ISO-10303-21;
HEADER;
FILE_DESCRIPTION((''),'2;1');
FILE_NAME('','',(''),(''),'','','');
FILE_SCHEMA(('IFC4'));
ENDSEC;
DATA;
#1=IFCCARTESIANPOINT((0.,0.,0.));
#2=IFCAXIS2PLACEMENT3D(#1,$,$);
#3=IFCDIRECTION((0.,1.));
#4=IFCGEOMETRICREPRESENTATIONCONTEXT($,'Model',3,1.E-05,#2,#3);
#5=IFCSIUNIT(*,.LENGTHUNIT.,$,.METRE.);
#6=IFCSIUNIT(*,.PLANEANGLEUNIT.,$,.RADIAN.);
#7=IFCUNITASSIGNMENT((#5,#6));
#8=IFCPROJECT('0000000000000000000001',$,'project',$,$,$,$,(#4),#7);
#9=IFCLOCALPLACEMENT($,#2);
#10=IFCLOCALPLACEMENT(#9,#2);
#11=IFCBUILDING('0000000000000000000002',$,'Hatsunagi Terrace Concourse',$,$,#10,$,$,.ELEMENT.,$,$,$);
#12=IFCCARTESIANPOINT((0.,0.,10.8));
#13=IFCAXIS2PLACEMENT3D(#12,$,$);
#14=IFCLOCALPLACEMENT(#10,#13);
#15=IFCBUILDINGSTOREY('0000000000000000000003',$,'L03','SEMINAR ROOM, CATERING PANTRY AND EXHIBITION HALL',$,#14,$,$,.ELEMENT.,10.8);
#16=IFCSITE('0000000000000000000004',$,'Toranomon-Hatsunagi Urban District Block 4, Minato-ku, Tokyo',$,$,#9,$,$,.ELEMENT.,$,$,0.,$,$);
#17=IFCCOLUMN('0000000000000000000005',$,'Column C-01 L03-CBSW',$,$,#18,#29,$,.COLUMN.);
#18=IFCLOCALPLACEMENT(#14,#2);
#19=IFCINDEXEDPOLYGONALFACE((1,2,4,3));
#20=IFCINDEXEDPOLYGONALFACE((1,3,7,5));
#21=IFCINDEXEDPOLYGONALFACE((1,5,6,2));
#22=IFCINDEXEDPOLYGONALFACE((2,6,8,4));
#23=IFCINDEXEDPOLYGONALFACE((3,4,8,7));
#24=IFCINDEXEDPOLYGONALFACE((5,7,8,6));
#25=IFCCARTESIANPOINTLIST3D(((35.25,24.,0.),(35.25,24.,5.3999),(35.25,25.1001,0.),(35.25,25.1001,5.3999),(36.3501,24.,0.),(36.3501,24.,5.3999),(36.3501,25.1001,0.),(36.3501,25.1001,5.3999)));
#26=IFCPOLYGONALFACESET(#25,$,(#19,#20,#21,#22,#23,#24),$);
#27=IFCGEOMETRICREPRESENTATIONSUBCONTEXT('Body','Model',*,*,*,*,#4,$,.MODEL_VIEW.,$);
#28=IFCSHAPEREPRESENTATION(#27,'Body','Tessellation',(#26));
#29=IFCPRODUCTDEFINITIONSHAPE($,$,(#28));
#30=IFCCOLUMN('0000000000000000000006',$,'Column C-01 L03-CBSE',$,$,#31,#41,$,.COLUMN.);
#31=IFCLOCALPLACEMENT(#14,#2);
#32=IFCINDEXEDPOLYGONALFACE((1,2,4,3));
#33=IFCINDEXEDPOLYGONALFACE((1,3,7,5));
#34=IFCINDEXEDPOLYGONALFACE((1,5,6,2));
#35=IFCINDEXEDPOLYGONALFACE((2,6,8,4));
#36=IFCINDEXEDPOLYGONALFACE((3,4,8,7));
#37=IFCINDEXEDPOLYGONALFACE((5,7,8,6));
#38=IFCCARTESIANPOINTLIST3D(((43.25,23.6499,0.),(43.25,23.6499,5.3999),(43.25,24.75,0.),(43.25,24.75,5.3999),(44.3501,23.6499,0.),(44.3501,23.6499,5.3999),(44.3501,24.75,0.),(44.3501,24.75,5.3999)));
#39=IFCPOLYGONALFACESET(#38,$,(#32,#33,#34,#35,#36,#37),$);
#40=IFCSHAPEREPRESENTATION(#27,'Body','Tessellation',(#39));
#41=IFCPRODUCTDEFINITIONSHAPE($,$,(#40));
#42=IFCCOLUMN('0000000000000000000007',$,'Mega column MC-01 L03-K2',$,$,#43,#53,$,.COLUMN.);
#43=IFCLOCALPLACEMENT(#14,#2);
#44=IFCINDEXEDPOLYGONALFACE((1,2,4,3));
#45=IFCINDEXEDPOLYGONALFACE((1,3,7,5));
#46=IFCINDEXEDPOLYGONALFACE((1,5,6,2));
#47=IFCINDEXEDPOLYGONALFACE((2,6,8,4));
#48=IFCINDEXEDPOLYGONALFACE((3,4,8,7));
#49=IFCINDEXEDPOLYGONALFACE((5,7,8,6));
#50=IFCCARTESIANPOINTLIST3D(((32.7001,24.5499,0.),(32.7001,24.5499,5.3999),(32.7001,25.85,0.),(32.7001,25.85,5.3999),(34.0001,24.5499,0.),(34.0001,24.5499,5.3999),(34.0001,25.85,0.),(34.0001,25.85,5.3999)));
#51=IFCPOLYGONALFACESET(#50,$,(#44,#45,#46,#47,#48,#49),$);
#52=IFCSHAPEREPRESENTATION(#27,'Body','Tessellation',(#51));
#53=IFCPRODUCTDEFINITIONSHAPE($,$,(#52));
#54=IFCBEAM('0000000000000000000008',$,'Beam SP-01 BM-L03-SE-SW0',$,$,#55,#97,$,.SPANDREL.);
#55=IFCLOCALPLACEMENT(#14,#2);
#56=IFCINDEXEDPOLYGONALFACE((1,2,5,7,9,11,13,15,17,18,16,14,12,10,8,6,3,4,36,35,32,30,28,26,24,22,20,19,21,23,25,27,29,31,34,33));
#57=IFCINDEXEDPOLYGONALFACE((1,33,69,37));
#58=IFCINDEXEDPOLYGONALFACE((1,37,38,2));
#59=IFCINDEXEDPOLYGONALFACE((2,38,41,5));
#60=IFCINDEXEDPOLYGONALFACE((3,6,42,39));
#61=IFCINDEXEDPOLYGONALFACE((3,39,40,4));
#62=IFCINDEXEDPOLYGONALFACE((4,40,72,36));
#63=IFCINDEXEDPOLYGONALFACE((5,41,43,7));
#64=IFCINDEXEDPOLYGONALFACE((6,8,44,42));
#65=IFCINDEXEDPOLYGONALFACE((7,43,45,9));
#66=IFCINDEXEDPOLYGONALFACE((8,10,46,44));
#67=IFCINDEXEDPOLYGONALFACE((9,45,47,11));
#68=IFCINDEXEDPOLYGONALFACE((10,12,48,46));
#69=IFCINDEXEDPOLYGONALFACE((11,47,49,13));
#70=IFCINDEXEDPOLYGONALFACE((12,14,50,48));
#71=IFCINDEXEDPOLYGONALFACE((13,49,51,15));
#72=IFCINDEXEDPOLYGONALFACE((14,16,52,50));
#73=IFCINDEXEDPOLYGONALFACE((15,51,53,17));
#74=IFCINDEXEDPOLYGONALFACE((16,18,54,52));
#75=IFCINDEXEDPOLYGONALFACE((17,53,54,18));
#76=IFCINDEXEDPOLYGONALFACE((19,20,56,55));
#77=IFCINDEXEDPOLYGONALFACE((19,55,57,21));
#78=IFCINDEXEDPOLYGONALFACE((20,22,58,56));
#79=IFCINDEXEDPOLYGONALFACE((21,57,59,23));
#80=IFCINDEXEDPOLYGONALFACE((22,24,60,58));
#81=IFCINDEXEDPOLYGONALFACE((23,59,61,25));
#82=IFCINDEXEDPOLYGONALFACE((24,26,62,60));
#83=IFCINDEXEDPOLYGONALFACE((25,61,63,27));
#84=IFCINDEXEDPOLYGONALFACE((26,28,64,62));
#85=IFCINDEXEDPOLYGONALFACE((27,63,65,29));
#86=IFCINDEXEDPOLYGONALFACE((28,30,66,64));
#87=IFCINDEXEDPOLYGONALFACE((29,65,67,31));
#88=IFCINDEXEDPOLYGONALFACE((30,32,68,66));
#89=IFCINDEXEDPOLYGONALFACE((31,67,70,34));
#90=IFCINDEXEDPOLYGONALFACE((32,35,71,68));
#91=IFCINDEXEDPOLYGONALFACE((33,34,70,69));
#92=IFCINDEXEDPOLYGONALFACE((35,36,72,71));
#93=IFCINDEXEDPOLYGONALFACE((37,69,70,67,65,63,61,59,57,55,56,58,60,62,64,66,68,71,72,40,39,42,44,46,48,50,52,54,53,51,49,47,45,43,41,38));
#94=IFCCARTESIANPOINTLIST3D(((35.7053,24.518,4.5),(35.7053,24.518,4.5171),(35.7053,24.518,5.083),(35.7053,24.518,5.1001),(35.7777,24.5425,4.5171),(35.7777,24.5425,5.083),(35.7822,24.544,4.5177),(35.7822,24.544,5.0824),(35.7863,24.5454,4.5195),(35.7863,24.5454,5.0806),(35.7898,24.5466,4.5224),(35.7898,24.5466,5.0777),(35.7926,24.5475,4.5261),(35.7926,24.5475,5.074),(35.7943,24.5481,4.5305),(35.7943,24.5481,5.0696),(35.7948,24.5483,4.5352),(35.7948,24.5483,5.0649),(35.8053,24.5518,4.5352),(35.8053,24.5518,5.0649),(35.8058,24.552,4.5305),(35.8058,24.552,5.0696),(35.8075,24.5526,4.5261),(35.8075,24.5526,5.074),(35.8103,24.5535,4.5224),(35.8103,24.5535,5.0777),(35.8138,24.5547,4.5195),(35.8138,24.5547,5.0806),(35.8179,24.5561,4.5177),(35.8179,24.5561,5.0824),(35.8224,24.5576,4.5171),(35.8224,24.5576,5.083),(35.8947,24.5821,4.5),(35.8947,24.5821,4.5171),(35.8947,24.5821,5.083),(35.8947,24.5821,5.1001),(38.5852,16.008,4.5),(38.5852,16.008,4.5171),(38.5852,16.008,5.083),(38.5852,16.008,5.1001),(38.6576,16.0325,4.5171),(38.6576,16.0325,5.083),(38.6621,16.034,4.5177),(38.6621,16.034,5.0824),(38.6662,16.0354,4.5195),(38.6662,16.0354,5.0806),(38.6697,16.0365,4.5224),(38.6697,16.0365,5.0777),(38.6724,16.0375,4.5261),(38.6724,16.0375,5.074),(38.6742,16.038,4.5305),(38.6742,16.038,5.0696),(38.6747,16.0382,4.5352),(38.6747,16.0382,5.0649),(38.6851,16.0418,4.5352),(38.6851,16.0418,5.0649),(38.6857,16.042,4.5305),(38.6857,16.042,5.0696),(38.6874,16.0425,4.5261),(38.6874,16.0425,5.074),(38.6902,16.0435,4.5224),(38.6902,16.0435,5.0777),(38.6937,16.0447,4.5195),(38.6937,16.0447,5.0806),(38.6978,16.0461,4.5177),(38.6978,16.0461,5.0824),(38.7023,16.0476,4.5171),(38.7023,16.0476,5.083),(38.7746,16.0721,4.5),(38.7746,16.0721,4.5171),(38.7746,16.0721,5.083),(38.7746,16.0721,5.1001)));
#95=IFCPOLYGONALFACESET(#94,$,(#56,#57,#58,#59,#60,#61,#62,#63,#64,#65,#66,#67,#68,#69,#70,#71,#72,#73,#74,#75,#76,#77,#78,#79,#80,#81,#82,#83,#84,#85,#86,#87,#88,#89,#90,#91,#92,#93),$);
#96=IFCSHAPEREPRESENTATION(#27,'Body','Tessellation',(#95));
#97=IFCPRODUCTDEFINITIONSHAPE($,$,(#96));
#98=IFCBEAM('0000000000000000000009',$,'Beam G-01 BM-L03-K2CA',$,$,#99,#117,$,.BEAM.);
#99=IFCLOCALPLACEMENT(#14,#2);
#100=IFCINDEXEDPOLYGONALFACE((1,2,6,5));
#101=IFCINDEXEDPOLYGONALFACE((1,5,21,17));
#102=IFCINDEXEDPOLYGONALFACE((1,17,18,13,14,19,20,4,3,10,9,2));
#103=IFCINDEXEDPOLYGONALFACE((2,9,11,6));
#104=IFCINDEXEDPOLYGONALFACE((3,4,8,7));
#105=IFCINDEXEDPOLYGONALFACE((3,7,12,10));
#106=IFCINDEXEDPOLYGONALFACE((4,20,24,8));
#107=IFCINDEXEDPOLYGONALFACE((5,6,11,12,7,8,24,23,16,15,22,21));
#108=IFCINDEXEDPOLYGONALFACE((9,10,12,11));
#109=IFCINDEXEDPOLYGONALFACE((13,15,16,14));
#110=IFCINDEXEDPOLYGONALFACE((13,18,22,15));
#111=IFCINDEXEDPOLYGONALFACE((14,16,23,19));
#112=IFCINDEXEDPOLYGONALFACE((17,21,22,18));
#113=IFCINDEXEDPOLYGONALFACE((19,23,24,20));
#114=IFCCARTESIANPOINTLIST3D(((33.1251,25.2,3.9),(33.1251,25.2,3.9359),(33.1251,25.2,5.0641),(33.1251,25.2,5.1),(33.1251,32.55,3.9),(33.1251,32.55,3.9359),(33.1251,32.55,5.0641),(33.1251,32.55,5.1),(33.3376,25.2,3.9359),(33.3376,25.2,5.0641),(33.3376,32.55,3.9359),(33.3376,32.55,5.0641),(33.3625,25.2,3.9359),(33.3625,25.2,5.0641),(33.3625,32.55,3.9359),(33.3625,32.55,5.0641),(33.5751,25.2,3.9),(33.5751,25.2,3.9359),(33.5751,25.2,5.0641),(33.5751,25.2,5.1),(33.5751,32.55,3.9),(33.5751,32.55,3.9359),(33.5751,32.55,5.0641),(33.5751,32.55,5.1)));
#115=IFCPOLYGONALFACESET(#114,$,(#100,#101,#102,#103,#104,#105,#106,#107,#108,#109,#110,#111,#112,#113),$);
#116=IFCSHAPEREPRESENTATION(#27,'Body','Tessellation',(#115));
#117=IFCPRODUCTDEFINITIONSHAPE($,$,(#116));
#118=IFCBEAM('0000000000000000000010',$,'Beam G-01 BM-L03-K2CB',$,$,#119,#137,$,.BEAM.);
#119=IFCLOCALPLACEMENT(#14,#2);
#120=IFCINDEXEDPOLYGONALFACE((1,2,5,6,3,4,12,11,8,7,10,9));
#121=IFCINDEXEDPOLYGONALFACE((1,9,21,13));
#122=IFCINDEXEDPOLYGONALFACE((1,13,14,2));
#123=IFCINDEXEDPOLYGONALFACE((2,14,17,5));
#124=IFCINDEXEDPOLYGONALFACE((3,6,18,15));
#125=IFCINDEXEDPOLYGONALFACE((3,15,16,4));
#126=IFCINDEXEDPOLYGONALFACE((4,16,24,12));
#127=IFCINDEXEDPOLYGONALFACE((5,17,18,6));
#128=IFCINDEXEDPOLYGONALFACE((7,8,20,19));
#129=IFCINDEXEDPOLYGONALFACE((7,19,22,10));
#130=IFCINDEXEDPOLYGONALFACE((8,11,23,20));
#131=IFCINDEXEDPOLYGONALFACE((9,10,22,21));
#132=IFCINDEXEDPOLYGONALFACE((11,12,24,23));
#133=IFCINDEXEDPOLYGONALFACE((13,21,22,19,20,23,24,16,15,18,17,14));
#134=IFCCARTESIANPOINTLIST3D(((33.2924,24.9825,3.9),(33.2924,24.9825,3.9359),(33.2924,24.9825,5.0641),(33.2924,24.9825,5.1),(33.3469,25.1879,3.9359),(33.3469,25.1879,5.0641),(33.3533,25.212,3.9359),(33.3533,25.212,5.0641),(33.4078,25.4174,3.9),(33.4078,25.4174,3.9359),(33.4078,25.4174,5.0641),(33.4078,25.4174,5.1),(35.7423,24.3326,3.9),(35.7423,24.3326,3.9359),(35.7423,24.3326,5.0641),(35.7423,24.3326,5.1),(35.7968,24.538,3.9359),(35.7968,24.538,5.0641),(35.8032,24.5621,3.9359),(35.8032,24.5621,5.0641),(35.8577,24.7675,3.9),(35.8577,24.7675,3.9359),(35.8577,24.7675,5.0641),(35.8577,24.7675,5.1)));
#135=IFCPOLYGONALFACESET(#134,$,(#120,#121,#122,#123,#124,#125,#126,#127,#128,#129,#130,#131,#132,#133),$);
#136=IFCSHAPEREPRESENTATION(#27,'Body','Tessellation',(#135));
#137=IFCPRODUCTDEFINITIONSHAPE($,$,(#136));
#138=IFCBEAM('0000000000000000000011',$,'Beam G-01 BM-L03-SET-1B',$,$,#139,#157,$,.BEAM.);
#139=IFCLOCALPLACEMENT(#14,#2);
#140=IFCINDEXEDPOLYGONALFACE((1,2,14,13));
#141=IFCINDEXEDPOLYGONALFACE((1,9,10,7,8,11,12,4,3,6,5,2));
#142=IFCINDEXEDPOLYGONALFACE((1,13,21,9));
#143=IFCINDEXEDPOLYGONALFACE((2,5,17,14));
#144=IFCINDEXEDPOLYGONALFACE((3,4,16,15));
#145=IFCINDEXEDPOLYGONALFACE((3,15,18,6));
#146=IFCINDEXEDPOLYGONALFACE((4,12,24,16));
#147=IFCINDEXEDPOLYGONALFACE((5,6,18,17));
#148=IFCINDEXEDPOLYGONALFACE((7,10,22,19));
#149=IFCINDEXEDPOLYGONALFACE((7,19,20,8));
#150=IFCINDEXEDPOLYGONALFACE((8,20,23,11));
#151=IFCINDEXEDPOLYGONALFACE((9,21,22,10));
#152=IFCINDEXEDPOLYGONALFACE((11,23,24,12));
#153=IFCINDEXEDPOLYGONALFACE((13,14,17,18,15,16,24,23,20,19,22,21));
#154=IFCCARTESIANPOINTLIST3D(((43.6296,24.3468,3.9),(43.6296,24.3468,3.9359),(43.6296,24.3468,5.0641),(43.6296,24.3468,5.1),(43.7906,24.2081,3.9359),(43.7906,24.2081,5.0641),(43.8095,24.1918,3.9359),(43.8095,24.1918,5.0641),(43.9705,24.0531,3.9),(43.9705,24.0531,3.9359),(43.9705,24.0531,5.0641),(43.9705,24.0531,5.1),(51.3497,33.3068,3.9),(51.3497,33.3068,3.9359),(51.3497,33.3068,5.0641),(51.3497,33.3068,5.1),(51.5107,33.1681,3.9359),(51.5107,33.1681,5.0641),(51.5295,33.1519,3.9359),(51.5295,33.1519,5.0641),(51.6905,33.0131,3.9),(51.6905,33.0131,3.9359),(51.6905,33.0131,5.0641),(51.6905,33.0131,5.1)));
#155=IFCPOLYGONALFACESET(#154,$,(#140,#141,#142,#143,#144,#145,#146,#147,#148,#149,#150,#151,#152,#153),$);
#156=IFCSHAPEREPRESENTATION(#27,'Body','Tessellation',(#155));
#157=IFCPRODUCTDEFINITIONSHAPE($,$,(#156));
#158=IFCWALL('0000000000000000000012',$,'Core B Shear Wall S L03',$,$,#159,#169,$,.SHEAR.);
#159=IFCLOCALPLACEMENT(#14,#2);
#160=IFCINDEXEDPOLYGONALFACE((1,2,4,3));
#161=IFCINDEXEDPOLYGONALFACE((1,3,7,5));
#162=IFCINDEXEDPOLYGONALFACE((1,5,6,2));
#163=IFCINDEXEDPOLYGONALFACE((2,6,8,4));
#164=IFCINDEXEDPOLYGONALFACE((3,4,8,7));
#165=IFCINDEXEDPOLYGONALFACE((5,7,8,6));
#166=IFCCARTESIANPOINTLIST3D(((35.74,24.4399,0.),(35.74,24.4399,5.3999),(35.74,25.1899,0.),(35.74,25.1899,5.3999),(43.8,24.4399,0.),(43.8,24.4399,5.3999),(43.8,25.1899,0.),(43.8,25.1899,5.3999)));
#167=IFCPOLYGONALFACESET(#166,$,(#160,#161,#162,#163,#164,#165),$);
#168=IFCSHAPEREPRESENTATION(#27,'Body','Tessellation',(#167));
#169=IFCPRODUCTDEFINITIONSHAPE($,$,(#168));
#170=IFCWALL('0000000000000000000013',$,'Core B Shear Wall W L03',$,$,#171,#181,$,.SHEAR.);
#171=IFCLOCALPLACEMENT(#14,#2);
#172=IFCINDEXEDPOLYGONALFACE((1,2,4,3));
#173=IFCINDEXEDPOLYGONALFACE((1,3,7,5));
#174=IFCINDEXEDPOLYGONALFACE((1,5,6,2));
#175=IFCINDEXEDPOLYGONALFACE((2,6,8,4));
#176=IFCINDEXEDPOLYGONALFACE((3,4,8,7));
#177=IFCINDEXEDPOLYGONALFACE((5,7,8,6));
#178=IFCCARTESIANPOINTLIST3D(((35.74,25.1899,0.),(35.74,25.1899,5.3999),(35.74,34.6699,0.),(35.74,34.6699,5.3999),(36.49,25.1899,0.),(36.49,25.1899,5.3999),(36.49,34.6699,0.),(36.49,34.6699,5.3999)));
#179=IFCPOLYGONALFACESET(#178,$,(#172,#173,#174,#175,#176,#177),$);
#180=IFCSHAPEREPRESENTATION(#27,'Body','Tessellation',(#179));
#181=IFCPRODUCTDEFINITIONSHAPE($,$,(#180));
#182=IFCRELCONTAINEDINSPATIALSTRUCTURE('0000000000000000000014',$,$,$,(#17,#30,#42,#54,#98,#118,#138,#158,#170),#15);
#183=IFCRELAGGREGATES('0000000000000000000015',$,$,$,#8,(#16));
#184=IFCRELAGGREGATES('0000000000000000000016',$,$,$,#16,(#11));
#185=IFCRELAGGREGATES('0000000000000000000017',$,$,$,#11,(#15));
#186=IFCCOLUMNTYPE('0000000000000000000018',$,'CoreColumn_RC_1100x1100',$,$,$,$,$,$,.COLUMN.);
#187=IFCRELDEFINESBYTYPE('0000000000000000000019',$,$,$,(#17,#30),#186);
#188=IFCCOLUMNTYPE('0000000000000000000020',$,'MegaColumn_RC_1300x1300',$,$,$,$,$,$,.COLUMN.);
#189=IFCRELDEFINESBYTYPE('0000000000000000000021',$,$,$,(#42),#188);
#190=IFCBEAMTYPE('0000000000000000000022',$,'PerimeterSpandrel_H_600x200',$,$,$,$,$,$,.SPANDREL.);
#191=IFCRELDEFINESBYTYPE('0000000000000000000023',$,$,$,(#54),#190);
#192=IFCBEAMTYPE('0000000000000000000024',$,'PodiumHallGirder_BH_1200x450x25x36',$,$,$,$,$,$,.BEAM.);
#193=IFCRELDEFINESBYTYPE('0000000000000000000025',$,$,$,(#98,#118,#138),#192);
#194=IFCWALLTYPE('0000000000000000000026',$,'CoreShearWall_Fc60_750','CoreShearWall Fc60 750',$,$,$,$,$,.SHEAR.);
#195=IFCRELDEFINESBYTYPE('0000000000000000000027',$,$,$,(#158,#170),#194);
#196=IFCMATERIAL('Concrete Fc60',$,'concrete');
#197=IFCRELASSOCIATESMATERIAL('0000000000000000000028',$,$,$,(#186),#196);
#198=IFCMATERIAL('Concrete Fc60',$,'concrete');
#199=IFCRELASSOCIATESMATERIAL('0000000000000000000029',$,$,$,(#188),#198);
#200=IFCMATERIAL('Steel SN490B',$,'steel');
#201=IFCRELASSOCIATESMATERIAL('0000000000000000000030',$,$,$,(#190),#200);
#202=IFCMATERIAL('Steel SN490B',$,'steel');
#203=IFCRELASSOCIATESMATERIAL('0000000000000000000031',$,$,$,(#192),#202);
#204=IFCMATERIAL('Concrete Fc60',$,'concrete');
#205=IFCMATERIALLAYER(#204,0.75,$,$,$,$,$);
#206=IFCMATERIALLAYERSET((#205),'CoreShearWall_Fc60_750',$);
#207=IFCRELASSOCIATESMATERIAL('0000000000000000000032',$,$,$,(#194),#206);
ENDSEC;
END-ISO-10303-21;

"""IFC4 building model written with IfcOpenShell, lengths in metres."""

from ifc_helpers import new_model, si_unit, direction, frame, frame_2d, origin, origin_2d, place, context, subcontext, project, spatial, rectangle, i_section, extrude, material, layer, layer_set, material_profile, profile_set, type_object, element, save


model = new_model("IFC4")

# Units and contexts
model_context = context("Model", 3, precision=1e-05, world=origin(), true_north=direction((0.0, 1.0)))
body_context = subcontext(model_context, "Body", "Model", "MODEL_VIEW")
ifc_project = project(units=[si_unit("LENGTHUNIT", "METRE"), si_unit("PLANEANGLEUNIT", "RADIAN")], contexts=[model_context])

# Site, building, storey
site_placement = place(None, origin())
site = spatial("IfcSite", under=ifc_project, at=site_placement, Name="Toranomon-Hatsunagi Urban District Block 4, Minato-ku, Tokyo", CompositionType="ELEMENT", RefElevation=0.0)
building_placement = place(site_placement, origin())
building = spatial("IfcBuilding", under=site, at=building_placement, Name="Hatsunagi Terrace Concourse", CompositionType="ELEMENT")
storey_placement = place(building_placement, frame((0.0, 0.0, 10.8)))
storey = spatial("IfcBuildingStorey", under=building, at=storey_placement, Name="L03", Description="SEMINAR ROOM, CATERING PANTRY AND EXHIBITION HALL", CompositionType="ELEMENT", Elevation=10.8)

# Columns
ifc_material_1 = material(Name="Concrete Fc60", Category="concrete")
ifc_material_profile_1 = material_profile(ifc_material_1, rectangle(XDim=1.1001, YDim=1.1001, at=origin_2d()), Name="RC-1100x1100")
ifc_profile_set_1 = profile_set([ifc_material_profile_1], Name="Concrete Fc60")
column_type_1 = type_object("IfcColumnType", Name="CoreColumn_RC_1100x1100", PredefinedType="COLUMN", material=ifc_profile_set_1)
for number, where, z_axis, x_axis, name in (
    (1, (35.8, 24.55, 0.0), (0.0, 0.0, 1.0), (1.0, 0.0, 0.0), "Column C-01 L03-CBSW"),
    (2, (43.8, 24.2, 0.0), (0.0, 0.0, 1.0), (1.0, 0.0, 0.0), "Column C-01 L03-CBSE"),
):
    element("IfcColumn", number, at=place(storey_placement, frame(where, z_axis=z_axis, x_axis=x_axis)), inside=storey, type_object=column_type_1, Name=name, PredefinedType="COLUMN", context=body_context, shape_type="SweptSolid", body=[
        extrude(rectangle(XDim=1.1001, YDim=1.1001, at=origin_2d()), origin(), (0.0, 0.0, 1.0), 5.3999),
    ])
ifc_material_2 = material(Name="Concrete Fc60", Category="concrete")
ifc_material_profile_2 = material_profile(ifc_material_2, rectangle(XDim=1.3, YDim=1.3, at=origin_2d()), Name="RC-1300x1300")
ifc_profile_set_2 = profile_set([ifc_material_profile_2], Name="Concrete Fc60")
column_type_2 = type_object("IfcColumnType", Name="MegaColumn_RC_1300x1300", PredefinedType="COLUMN", material=ifc_profile_set_2)
column_placement = place(storey_placement, frame((33.3501, 25.2, 0.0), z_axis=(0.0, 0.0, 1.0), x_axis=(1.0, 0.0, 0.0)))
element("IfcColumn", 3, at=column_placement, inside=storey, type_object=column_type_2, Name="Mega column MC-01 L03-K2", PredefinedType="COLUMN", context=body_context, shape_type="SweptSolid", body=[
    extrude(rectangle(XDim=1.3, YDim=1.3, at=origin_2d()), origin(), (0.0, 0.0, 1.0), 5.3999),
])

# Beams
ifc_material_3 = material(Name="Steel SN490B", Category="steel")
ifc_material_profile_3 = material_profile(ifc_material_3, i_section(OverallWidth=0.2, OverallDepth=0.6001, WebThickness=0.011, FlangeThickness=0.0171, FilletRadius=0.0181, at=origin_2d()), Name="H-600x200x11x17")
ifc_profile_set_3 = profile_set([ifc_material_profile_3], Name="Steel SN490B")
beam_type_1 = type_object("IfcBeamType", Name="PerimeterSpandrel_H_600x200", PredefinedType="SPANDREL", material=ifc_profile_set_3)
beam_1_placement = place(storey_placement, frame((35.8, 24.55, 4.8), z_axis=(0.320553, -0.94723, 0.0), x_axis=(0.94723, 0.320553, 0.0)))
element("IfcBeam", 4, at=beam_1_placement, inside=storey, type_object=beam_type_1, Name="Beam SP-01 BM-L03-SE-SW0", PredefinedType="SPANDREL", context=body_context, shape_type="SweptSolid", body=[
    extrude(i_section(OverallWidth=0.2, OverallDepth=0.6001, WebThickness=0.011, FlangeThickness=0.0171, FilletRadius=0.0181, at=origin_2d()), origin(), (0.0, 0.0, 1.0), 8.9841),
])
ifc_material_4 = material(Name="Steel SN490B", Category="steel")
ifc_material_profile_4 = material_profile(ifc_material_4, i_section(OverallWidth=0.45, OverallDepth=1.2, WebThickness=0.0249, FlangeThickness=0.0359, at=origin_2d()), Name="BH-1200x450x25x36")
ifc_profile_set_4 = profile_set([ifc_material_profile_4], Name="Steel SN490B")
beam_type_2 = type_object("IfcBeamType", Name="PodiumHallGirder_BH_1200x450x25x36", PredefinedType="BEAM", material=ifc_profile_set_4)
beam_2_placement = place(storey_placement, frame((33.3501, 25.2, 4.5), z_axis=(0.0, 1.0, 0.0), x_axis=(-1.0, 0.0, 0.0)))
element("IfcBeam", 5, at=beam_2_placement, inside=storey, type_object=beam_type_2, Name="Beam G-01 BM-L03-K2CA", PredefinedType="BEAM", context=body_context, shape_type="SweptSolid", body=[
    extrude(i_section(OverallWidth=0.45, OverallDepth=1.2, WebThickness=0.0249, FlangeThickness=0.0359, at=origin_2d()), origin(), (0.0, 0.0, 1.0), 7.3501),
])
beam_3_placement = place(storey_placement, frame((33.3501, 25.2, 4.5), z_axis=(0.96657, -0.256403, 0.0), x_axis=(0.256403, 0.96657, 0.0)))
element("IfcBeam", 6, at=beam_3_placement, inside=storey, type_object=beam_type_2, Name="Beam G-01 BM-L03-K2CB", PredefinedType="BEAM", context=body_context, shape_type="SweptSolid", body=[
    extrude(i_section(OverallWidth=0.45, OverallDepth=1.2, WebThickness=0.0249, FlangeThickness=0.0359, at=origin_2d()), origin(), (0.0, 0.0, 1.0), 2.5347),
])
beam_4_placement = place(storey_placement, frame((43.8, 24.2, 4.5), z_axis=(0.652739, 0.757583, 0.0), x_axis=(-0.757583, 0.652739, 0.0)))
element("IfcBeam", 7, at=beam_4_placement, inside=storey, type_object=beam_type_2, Name="Beam G-01 BM-L03-SET-1B", PredefinedType="BEAM", context=body_context, shape_type="SweptSolid", body=[
    extrude(i_section(OverallWidth=0.45, OverallDepth=1.2, WebThickness=0.0249, FlangeThickness=0.0359, at=origin_2d()), origin(), (0.0, 0.0, 1.0), 11.8271),
])

# Walls
ifc_material_5 = material(Name="Concrete Fc60", Category="concrete")
ifc_layer_1 = layer(ifc_material_5, 0.75)
ifc_layer_set_1 = layer_set([ifc_layer_1], Name="CoreShearWall_Fc60_750")
wall_type_1 = type_object("IfcWallType", Name="CoreShearWall_Fc60_750", Description="CoreShearWall Fc60 750", PredefinedType="SHEAR", material=ifc_layer_set_1)
wall_1_placement = place(storey_placement, frame((35.74, 24.8149, 0.0), z_axis=(0.0, 0.0, 1.0), x_axis=(1.0, 0.0, 0.0)))
element("IfcWall", 8, at=wall_1_placement, inside=storey, type_object=wall_type_1, Name="Core B Shear Wall S L03", PredefinedType="SHEAR", context=body_context, shape_type="SweptSolid", body=[
    extrude(rectangle(XDim=8.0601, YDim=0.75, at=frame_2d((4.03, 0.0))), origin(), (0.0, 0.0, 1.0), 5.3999),
])
wall_2_placement = place(storey_placement, frame((36.115, 25.1899, 0.0), z_axis=(0.0, 0.0, 1.0), x_axis=(0.0, 1.0, 0.0)))
element("IfcWall", 9, at=wall_2_placement, inside=storey, type_object=wall_type_1, Name="Core B Shear Wall W L03", PredefinedType="SHEAR", context=body_context, shape_type="SweptSolid", body=[
    extrude(rectangle(XDim=9.48, YDim=0.75, at=frame_2d((4.74, 0.0))), origin(), (0.0, 0.0, 1.0), 5.3999),
])

save(model, "model.ifc")
